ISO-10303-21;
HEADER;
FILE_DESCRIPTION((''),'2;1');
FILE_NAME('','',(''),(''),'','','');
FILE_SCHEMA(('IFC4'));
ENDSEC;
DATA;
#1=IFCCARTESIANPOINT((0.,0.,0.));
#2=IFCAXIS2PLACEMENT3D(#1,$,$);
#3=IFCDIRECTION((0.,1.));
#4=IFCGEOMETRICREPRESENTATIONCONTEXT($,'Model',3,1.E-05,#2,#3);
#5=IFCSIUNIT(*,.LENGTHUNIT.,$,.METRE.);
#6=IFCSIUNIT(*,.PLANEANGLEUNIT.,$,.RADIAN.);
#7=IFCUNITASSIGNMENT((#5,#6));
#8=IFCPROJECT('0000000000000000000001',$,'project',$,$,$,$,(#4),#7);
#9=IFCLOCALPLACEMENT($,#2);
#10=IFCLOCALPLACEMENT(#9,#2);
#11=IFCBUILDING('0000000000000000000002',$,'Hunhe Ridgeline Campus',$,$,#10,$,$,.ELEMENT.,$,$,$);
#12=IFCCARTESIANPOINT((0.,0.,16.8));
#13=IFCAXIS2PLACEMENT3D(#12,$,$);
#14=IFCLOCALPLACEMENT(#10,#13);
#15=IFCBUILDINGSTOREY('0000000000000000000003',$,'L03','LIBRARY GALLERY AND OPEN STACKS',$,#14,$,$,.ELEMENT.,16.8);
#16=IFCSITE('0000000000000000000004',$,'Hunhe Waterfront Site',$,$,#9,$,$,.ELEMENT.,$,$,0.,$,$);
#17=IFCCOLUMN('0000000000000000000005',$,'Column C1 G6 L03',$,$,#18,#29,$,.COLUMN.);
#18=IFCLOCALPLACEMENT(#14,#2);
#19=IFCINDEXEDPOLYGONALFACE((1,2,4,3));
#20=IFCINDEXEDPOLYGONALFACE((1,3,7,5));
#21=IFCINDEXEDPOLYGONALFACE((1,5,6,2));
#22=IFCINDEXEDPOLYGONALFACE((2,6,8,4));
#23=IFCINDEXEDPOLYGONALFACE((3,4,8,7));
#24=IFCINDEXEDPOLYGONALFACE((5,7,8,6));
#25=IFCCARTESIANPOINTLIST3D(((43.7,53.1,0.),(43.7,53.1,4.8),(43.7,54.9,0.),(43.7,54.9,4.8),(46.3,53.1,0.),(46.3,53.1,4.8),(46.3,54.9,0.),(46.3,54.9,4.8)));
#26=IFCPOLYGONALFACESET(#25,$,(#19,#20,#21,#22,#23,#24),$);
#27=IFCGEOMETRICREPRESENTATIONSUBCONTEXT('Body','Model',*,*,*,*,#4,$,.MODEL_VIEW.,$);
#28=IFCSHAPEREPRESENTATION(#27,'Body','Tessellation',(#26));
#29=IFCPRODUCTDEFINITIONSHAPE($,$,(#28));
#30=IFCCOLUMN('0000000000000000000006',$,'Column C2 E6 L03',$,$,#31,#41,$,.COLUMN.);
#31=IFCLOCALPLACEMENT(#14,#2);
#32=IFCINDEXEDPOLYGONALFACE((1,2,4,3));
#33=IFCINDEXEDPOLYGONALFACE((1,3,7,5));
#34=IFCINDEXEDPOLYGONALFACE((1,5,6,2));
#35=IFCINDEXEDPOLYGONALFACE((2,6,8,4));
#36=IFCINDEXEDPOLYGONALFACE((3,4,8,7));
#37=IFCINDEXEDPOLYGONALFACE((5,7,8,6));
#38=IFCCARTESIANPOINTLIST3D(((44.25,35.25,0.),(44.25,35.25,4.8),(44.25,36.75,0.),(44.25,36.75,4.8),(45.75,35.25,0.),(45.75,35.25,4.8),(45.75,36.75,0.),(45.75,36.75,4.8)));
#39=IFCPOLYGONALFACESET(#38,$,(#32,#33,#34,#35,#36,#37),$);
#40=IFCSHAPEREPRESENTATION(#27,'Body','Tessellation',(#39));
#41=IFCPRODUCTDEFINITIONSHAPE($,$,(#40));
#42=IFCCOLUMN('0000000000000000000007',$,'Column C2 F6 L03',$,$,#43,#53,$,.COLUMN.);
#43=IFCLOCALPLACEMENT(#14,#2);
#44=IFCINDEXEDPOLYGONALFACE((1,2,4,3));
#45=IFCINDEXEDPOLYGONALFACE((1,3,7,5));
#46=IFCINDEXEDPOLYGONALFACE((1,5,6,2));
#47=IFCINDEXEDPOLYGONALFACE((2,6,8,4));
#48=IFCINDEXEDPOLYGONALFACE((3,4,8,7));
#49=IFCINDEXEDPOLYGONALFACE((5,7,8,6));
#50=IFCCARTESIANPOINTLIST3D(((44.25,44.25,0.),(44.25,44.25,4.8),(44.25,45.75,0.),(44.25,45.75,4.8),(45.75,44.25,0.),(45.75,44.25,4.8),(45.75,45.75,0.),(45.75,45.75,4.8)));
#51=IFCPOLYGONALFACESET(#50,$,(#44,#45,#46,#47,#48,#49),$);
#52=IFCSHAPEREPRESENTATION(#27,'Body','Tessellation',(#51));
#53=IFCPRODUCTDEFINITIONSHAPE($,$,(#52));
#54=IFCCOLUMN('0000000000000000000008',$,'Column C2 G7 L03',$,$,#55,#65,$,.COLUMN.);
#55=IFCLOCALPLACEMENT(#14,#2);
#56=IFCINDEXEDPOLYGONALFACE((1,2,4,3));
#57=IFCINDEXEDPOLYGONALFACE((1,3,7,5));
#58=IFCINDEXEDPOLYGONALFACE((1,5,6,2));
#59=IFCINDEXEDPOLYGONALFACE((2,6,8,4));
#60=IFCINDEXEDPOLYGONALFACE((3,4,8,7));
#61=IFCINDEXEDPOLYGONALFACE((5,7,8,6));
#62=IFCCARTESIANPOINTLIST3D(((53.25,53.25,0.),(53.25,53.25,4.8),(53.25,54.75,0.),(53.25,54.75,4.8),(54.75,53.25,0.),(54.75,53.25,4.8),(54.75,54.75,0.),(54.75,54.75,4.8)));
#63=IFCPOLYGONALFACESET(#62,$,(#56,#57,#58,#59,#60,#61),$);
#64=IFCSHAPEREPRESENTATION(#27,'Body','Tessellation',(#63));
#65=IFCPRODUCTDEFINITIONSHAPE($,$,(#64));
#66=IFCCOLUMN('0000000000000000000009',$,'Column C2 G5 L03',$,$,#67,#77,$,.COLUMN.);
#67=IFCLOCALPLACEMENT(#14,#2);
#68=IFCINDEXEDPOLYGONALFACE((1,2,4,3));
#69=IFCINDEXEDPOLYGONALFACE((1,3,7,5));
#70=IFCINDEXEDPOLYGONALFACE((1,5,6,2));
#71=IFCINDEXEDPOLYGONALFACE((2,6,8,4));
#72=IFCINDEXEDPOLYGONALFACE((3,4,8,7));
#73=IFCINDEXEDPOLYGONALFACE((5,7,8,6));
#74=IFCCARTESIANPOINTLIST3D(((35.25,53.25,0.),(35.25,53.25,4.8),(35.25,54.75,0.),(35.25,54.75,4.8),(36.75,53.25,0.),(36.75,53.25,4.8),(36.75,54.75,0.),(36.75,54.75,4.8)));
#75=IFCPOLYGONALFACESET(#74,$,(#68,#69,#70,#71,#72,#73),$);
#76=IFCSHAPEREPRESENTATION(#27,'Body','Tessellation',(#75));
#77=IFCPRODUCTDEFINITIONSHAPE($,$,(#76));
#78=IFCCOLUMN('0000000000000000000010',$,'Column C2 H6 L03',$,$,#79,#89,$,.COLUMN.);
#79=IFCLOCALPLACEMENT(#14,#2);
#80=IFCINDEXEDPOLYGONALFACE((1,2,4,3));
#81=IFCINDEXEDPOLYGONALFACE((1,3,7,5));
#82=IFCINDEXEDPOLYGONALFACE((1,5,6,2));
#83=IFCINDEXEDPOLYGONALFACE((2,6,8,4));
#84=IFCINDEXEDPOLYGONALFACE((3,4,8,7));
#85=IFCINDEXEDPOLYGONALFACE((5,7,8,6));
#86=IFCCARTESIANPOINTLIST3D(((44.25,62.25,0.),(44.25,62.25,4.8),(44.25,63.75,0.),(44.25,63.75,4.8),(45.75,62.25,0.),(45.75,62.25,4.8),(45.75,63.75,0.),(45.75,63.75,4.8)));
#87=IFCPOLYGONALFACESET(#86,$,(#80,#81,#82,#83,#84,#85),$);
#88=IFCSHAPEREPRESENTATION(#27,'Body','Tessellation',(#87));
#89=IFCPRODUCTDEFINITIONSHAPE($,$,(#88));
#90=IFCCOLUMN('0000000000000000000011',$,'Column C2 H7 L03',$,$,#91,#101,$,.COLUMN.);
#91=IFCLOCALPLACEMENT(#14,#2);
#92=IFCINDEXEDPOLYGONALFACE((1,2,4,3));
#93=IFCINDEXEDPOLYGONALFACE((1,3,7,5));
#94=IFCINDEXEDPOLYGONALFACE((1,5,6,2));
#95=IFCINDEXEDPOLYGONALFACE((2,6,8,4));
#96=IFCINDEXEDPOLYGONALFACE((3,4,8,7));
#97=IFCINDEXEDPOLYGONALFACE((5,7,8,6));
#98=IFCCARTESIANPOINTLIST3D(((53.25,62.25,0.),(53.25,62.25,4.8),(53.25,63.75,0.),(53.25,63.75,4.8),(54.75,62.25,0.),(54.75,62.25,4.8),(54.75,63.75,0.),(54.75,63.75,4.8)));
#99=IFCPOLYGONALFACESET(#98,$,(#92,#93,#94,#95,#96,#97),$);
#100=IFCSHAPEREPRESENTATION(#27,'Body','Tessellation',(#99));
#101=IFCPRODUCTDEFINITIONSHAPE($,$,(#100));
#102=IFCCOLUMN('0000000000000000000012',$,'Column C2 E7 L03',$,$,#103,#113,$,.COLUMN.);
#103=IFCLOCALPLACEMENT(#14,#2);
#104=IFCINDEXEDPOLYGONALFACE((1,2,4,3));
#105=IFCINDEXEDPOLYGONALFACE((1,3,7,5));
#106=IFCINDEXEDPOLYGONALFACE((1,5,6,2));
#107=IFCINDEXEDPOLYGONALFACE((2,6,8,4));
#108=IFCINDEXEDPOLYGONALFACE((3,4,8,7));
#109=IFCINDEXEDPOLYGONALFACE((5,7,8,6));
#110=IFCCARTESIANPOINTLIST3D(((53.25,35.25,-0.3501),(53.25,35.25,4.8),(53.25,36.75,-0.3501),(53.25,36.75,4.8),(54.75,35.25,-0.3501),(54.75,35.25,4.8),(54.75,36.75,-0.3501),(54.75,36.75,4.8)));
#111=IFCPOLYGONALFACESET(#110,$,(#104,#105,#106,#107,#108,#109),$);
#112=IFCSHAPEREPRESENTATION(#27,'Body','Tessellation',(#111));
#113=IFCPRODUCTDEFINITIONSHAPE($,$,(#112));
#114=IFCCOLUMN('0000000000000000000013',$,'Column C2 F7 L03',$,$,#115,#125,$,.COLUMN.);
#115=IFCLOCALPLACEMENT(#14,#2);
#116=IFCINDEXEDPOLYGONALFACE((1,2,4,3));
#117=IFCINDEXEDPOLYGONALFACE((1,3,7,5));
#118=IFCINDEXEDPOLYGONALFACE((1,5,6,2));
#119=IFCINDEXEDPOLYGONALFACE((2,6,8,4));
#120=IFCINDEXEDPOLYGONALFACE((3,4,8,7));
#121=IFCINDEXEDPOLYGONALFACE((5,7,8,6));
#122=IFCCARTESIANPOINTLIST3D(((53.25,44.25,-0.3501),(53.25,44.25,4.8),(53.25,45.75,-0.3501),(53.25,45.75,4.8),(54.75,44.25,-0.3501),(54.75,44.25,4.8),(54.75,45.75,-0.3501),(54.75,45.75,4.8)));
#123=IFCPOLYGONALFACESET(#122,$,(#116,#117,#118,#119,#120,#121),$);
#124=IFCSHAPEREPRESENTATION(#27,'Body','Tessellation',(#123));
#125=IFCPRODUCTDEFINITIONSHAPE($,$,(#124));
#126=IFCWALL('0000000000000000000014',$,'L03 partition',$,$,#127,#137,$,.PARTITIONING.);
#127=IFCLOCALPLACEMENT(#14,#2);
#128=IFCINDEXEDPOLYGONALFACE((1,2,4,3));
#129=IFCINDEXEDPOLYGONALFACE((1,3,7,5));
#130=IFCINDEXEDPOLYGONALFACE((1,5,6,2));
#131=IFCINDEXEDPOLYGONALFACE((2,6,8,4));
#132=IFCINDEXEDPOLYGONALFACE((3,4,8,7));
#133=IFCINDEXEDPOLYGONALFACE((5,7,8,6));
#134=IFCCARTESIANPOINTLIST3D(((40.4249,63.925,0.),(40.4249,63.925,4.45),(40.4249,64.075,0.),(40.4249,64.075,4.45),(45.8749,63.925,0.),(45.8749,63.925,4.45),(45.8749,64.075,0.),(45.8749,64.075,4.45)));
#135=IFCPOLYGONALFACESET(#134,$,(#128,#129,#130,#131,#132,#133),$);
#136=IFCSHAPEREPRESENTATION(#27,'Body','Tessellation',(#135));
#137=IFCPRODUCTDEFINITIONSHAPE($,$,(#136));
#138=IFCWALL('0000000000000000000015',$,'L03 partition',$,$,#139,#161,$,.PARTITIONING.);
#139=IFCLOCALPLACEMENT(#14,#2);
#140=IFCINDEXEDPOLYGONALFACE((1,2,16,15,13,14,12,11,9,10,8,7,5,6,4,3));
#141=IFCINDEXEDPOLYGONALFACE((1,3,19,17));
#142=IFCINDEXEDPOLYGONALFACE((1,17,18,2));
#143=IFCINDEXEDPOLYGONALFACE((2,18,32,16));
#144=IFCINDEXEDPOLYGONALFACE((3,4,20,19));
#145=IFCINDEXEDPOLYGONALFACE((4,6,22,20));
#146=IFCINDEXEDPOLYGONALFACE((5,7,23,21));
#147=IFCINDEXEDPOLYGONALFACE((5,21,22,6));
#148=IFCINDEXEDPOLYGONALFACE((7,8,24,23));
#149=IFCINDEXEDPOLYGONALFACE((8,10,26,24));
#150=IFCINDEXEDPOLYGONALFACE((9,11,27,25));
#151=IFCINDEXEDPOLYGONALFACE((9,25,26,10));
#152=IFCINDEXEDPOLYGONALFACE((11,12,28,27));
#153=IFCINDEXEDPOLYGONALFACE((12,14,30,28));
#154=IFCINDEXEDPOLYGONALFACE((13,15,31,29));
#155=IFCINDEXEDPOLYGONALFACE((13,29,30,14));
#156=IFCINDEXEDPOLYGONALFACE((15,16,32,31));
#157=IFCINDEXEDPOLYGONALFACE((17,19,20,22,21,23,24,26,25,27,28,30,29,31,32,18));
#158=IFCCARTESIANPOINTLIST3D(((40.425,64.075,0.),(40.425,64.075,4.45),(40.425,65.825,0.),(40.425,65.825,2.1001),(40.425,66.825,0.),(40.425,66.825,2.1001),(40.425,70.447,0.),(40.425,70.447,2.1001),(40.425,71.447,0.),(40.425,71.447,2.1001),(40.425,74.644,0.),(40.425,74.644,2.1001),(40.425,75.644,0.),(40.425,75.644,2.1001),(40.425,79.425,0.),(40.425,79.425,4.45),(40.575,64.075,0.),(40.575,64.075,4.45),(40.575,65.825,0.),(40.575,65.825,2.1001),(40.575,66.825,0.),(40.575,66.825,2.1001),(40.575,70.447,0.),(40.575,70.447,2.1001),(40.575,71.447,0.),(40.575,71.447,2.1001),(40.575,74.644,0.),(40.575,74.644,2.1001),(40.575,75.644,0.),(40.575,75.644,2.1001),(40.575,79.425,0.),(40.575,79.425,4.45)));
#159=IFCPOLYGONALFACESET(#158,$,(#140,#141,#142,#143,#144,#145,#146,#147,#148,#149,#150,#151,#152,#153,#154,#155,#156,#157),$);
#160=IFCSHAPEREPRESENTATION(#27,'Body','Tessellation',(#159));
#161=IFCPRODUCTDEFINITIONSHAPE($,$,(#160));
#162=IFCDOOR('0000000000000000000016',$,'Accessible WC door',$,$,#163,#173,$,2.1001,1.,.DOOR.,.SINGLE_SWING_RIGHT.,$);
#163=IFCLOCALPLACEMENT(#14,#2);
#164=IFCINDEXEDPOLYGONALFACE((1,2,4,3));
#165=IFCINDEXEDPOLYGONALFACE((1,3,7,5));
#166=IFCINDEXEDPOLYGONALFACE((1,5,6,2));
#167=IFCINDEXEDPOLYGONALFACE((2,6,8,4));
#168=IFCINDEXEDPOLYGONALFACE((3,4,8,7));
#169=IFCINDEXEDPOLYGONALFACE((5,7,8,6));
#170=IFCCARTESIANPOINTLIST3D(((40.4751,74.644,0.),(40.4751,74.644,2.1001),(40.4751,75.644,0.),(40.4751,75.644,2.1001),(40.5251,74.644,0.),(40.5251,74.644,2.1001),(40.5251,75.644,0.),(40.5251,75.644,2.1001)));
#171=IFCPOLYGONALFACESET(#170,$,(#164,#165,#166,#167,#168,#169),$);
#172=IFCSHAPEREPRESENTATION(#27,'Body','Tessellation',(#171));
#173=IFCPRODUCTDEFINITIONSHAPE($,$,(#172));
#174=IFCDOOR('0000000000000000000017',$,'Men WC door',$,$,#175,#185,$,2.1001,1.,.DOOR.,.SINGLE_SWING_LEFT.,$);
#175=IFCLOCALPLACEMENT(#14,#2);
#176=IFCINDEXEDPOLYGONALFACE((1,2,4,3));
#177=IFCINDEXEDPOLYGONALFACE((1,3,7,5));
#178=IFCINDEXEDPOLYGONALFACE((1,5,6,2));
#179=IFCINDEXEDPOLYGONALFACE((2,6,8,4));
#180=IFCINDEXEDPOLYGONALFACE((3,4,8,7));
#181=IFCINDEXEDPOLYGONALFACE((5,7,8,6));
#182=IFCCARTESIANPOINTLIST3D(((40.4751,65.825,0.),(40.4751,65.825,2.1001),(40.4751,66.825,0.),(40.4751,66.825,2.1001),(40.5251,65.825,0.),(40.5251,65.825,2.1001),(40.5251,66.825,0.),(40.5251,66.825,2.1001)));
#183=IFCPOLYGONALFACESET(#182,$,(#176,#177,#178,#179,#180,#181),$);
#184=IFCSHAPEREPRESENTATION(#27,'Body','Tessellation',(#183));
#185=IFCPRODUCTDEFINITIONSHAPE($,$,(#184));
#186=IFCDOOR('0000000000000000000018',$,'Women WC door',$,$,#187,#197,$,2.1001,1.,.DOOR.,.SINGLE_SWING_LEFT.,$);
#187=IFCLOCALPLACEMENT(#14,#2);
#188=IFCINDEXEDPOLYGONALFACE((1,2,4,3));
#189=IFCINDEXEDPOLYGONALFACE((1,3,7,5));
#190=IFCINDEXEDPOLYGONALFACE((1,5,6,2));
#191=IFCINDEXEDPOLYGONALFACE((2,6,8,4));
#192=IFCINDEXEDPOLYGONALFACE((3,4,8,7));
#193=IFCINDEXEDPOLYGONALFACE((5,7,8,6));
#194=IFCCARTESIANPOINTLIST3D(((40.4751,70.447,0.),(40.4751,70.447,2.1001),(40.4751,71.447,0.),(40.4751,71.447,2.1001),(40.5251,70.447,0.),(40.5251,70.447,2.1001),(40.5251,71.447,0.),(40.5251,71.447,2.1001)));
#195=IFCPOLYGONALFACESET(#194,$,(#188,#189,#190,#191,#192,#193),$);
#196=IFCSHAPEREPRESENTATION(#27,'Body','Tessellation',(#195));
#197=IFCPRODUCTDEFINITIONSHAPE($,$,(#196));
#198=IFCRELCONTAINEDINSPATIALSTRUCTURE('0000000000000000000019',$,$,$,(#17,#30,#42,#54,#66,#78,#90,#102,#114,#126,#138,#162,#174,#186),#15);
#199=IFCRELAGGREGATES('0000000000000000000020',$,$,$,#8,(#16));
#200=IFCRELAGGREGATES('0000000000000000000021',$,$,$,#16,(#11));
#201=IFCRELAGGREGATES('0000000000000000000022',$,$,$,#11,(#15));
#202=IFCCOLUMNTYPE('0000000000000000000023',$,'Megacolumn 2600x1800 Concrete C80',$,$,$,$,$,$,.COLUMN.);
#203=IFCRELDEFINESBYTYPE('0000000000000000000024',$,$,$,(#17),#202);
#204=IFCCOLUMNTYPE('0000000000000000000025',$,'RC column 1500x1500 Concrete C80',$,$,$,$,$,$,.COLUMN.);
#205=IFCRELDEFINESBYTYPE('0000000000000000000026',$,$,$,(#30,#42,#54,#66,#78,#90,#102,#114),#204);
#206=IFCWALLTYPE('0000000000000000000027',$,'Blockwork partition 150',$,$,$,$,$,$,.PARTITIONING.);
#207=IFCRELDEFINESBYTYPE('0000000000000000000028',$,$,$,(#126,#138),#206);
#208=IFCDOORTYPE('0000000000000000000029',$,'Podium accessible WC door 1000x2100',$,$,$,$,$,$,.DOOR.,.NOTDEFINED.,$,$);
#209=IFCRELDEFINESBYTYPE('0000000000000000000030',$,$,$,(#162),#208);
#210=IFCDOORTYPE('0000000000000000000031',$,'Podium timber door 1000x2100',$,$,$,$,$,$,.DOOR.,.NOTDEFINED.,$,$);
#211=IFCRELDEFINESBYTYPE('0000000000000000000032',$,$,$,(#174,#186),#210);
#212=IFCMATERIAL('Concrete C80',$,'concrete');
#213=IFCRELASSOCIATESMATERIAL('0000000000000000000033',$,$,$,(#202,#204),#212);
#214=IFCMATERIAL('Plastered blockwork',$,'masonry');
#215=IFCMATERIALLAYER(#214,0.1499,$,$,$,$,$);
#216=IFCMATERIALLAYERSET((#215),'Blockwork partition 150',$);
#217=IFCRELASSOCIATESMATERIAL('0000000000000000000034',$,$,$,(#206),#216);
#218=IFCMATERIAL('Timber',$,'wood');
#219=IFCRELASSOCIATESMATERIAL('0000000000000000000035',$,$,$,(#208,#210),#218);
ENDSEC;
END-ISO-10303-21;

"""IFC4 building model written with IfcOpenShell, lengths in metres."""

from ifc_helpers import new_model, si_unit, direction, frame, frame_2d, origin, origin_2d, place, context, subcontext, project, spatial, rectangle, extrude, material, layer, layer_set, material_profile, profile_set, type_object, element, fill, save


model = new_model("IFC4")

# Units and contexts
model_context = context("Model", 3, precision=1e-05, world=origin(), true_north=direction((0.0, 1.0)))
body_context = subcontext(model_context, "Body", "Model", "MODEL_VIEW")
ifc_project = project(units=[si_unit("LENGTHUNIT", "METRE"), si_unit("PLANEANGLEUNIT", "RADIAN")], contexts=[model_context])

# Site, building, storey
site_placement = place(None, origin())
site = spatial("IfcSite", under=ifc_project, at=site_placement, Name="Hunhe Waterfront Site", CompositionType="ELEMENT", RefElevation=0.0)
building_placement = place(site_placement, origin())
building = spatial("IfcBuilding", under=site, at=building_placement, Name="Hunhe Ridgeline Campus", CompositionType="ELEMENT")
storey_placement = place(building_placement, frame((0.0, 0.0, 16.8)))
storey = spatial("IfcBuildingStorey", under=building, at=storey_placement, Name="L03", Description="LIBRARY GALLERY AND OPEN STACKS", CompositionType="ELEMENT", Elevation=16.8)

# Columns
ifc_material_1 = material(Name="Concrete C80", Category="concrete")
ifc_material_profile_1 = material_profile(ifc_material_1, rectangle(XDim=2.6001, YDim=1.8, at=origin_2d()))
ifc_profile_set_1 = profile_set([ifc_material_profile_1], Name="Concrete C80")
column_type_1 = type_object("IfcColumnType", Name="Megacolumn 2600x1800 Concrete C80", PredefinedType="COLUMN", material=ifc_profile_set_1)
column_placement = place(storey_placement, frame((45.0, 54.0, 0.0), z_axis=(0.0, 0.0, 1.0), x_axis=(1.0, 0.0, 0.0)))
element("IfcColumn", 1, at=column_placement, inside=storey, type_object=column_type_1, Name="Column C1 G6 L03", PredefinedType="COLUMN", context=body_context, shape_type="SweptSolid", body=[
    extrude(rectangle(XDim=2.6001, YDim=1.8, at=origin_2d()), origin(), (0.0, 0.0, 1.0), 4.8),
])
ifc_material_profile_2 = material_profile(ifc_material_1, rectangle(XDim=1.5, YDim=1.5, at=origin_2d()))
ifc_profile_set_2 = profile_set([ifc_material_profile_2], Name="Concrete C80")
column_type_2 = type_object("IfcColumnType", Name="RC column 1500x1500 Concrete C80", PredefinedType="COLUMN", material=ifc_profile_set_2)
for number, where, z_axis, x_axis, name in (
    (2, (45.0, 36.0, 0.0), (0.0, 0.0, 1.0), (1.0, 0.0, 0.0), "Column C2 E6 L03"),
    (3, (45.0, 45.0, 0.0), (0.0, 0.0, 1.0), (1.0, 0.0, 0.0), "Column C2 F6 L03"),
    (4, (54.0, 54.0, 0.0), (0.0, 0.0, 1.0), (1.0, 0.0, 0.0), "Column C2 G7 L03"),
    (5, (36.0, 54.0, 0.0), (0.0, 0.0, 1.0), (1.0, 0.0, 0.0), "Column C2 G5 L03"),
    (6, (45.0, 63.0, 0.0), (0.0, 0.0, 1.0), (1.0, 0.0, 0.0), "Column C2 H6 L03"),
    (7, (54.0, 63.0, 0.0), (0.0, 0.0, 1.0), (1.0, 0.0, 0.0), "Column C2 H7 L03"),
):
    element("IfcColumn", number, at=place(storey_placement, frame(where, z_axis=z_axis, x_axis=x_axis)), inside=storey, type_object=column_type_2, Name=name, PredefinedType="COLUMN", context=body_context, shape_type="SweptSolid", body=[
        extrude(rectangle(XDim=1.5, YDim=1.5, at=origin_2d()), origin(), (0.0, 0.0, 1.0), 4.8),
    ])
for number, where, z_axis, x_axis, name in (
    (8, (54.0, 36.0, -0.3501), (0.0, 0.0, 1.0), (1.0, 0.0, 0.0), "Column C2 E7 L03"),
    (9, (54.0, 45.0, -0.3501), (0.0, 0.0, 1.0), (1.0, 0.0, 0.0), "Column C2 F7 L03"),
):
    element("IfcColumn", number, at=place(storey_placement, frame(where, z_axis=z_axis, x_axis=x_axis)), inside=storey, type_object=column_type_2, Name=name, PredefinedType="COLUMN", context=body_context, shape_type="SweptSolid", body=[
        extrude(rectangle(XDim=1.5, YDim=1.5, at=origin_2d()), origin(), (0.0, 0.0, 1.0), 5.1501),
    ])

# Wall
ifc_material_2 = material(Name="Plastered blockwork", Category="masonry")
ifc_layer = layer(ifc_material_2, 0.1499)
ifc_layer_set = layer_set([ifc_layer], Name="Blockwork partition 150")
wall_type = type_object("IfcWallType", Name="Blockwork partition 150", PredefinedType="PARTITIONING", material=ifc_layer_set)
wall_1_placement = place(storey_placement, frame((45.875, 64.0, 0.0), z_axis=(0.0, 0.0, 1.0), x_axis=(-1.0, 0.0, 0.0)))
element("IfcWall", 10, at=wall_1_placement, inside=storey, type_object=wall_type, Name="L03 partition", PredefinedType="PARTITIONING", context=body_context, shape_type="SweptSolid", body=[
    extrude(rectangle(XDim=5.45, YDim=0.1499, at=frame_2d((2.7251, 0.0))), origin(), (0.0, 0.0, 1.0), 4.45),
])

# Wall, openings, doors
wall_2_placement = place(storey_placement, frame((40.5, 64.075, 0.0), z_axis=(0.0, 0.0, 1.0), x_axis=(0.0, 1.0, 0.0)))
wall_2 = element("IfcWall", 11, at=wall_2_placement, inside=storey, type_object=wall_type, Name="L03 partition", PredefinedType="PARTITIONING", context=body_context, shape_type="SweptSolid", body=[
    extrude(rectangle(XDim=15.3501, YDim=0.1499, at=frame_2d((7.675, 0.0))), origin(), (0.0, 0.0, 1.0), 4.45),
])
opening_1_placement = place(wall_2_placement, frame((1.75, 0.0, 0.0)))
opening_1 = element("IfcOpeningElement", 12, at=opening_1_placement, cuts=wall_2, PredefinedType="OPENING", context=body_context, shape_type="SweptSolid", body=[
    extrude(rectangle(XDim=1.0, YDim=2.1001, at=frame_2d((0.5, 1.05))), frame((0.0, 0.075, 0.0), z_axis=(0.0, -1.0, 0.0), x_axis=(1.0, 0.0, 0.0)), (0.0, 0.0, 1.0), 0.1499),
])
opening_2_placement = place(wall_2_placement, frame((6.3721, 0.0, 0.0)))
opening_2 = element("IfcOpeningElement", 13, at=opening_2_placement, cuts=wall_2, PredefinedType="OPENING", context=body_context, shape_type="SweptSolid", body=[
    extrude(rectangle(XDim=1.0, YDim=2.1001, at=frame_2d((0.5, 1.05))), frame((0.0, 0.075, 0.0), z_axis=(0.0, -1.0, 0.0), x_axis=(1.0, 0.0, 0.0)), (0.0, 0.0, 1.0), 0.1499),
])
opening_3_placement = place(wall_2_placement, frame((10.5691, 0.0, 0.0)))
opening_3 = element("IfcOpeningElement", 14, at=opening_3_placement, cuts=wall_2, PredefinedType="OPENING", context=body_context, shape_type="SweptSolid", body=[
    extrude(rectangle(XDim=1.0, YDim=2.1001, at=frame_2d((0.5, 1.05))), frame((0.0, 0.075, 0.0), z_axis=(0.0, -1.0, 0.0), x_axis=(1.0, 0.0, 0.0)), (0.0, 0.0, 1.0), 0.1499),
])
ifc_material_3 = material(Name="Timber", Category="wood")
door_type_1 = type_object("IfcDoorType", Name="Podium accessible WC door 1000x2100", OperationType="NOTDEFINED", PredefinedType="DOOR", material=ifc_material_3)
door_1_placement = place(opening_3_placement, origin())
door_1 = element("IfcDoor", 15, at=door_1_placement, inside=storey, type_object=door_type_1, Name="Accessible WC door", OperationType="SINGLE_SWING_RIGHT", OverallHeight=2.1001, OverallWidth=1.0, PredefinedType="DOOR", context=body_context, shape_type="SweptSolid", body=[
    extrude(rectangle(XDim=1.0, YDim=2.1001, at=frame_2d((0.5, 1.05))), frame((0.0, 0.0249, 0.0), z_axis=(0.0, -1.0, 0.0), x_axis=(1.0, 0.0, 0.0)), (0.0, 0.0, 1.0), 0.05),
])
fill(opening_3, door_1)
door_type_2 = type_object("IfcDoorType", Name="Podium timber door 1000x2100", OperationType="NOTDEFINED", PredefinedType="DOOR", material=ifc_material_3)
door_2_placement = place(opening_1_placement, origin())
door_2 = element("IfcDoor", 16, at=door_2_placement, inside=storey, type_object=door_type_2, Name="Men WC door", OperationType="SINGLE_SWING_LEFT", OverallHeight=2.1001, OverallWidth=1.0, PredefinedType="DOOR", context=body_context, shape_type="SweptSolid", body=[
    extrude(rectangle(XDim=1.0, YDim=2.1001, at=frame_2d((0.5, 1.05))), frame((0.0, 0.0249, 0.0), z_axis=(0.0, -1.0, 0.0), x_axis=(1.0, 0.0, 0.0)), (0.0, 0.0, 1.0), 0.05),
])
fill(opening_1, door_2)
door_3_placement = place(opening_2_placement, origin())
door_3 = element("IfcDoor", 17, at=door_3_placement, inside=storey, type_object=door_type_2, Name="Women WC door", OperationType="SINGLE_SWING_LEFT", OverallHeight=2.1001, OverallWidth=1.0, PredefinedType="DOOR", context=body_context, shape_type="SweptSolid", body=[
    extrude(rectangle(XDim=1.0, YDim=2.1001, at=frame_2d((0.5, 1.05))), frame((0.0, 0.0249, 0.0), z_axis=(0.0, -1.0, 0.0), x_axis=(1.0, 0.0, 0.0)), (0.0, 0.0, 1.0), 0.05),
])
fill(opening_2, door_3)

save(model, "model.ifc")
